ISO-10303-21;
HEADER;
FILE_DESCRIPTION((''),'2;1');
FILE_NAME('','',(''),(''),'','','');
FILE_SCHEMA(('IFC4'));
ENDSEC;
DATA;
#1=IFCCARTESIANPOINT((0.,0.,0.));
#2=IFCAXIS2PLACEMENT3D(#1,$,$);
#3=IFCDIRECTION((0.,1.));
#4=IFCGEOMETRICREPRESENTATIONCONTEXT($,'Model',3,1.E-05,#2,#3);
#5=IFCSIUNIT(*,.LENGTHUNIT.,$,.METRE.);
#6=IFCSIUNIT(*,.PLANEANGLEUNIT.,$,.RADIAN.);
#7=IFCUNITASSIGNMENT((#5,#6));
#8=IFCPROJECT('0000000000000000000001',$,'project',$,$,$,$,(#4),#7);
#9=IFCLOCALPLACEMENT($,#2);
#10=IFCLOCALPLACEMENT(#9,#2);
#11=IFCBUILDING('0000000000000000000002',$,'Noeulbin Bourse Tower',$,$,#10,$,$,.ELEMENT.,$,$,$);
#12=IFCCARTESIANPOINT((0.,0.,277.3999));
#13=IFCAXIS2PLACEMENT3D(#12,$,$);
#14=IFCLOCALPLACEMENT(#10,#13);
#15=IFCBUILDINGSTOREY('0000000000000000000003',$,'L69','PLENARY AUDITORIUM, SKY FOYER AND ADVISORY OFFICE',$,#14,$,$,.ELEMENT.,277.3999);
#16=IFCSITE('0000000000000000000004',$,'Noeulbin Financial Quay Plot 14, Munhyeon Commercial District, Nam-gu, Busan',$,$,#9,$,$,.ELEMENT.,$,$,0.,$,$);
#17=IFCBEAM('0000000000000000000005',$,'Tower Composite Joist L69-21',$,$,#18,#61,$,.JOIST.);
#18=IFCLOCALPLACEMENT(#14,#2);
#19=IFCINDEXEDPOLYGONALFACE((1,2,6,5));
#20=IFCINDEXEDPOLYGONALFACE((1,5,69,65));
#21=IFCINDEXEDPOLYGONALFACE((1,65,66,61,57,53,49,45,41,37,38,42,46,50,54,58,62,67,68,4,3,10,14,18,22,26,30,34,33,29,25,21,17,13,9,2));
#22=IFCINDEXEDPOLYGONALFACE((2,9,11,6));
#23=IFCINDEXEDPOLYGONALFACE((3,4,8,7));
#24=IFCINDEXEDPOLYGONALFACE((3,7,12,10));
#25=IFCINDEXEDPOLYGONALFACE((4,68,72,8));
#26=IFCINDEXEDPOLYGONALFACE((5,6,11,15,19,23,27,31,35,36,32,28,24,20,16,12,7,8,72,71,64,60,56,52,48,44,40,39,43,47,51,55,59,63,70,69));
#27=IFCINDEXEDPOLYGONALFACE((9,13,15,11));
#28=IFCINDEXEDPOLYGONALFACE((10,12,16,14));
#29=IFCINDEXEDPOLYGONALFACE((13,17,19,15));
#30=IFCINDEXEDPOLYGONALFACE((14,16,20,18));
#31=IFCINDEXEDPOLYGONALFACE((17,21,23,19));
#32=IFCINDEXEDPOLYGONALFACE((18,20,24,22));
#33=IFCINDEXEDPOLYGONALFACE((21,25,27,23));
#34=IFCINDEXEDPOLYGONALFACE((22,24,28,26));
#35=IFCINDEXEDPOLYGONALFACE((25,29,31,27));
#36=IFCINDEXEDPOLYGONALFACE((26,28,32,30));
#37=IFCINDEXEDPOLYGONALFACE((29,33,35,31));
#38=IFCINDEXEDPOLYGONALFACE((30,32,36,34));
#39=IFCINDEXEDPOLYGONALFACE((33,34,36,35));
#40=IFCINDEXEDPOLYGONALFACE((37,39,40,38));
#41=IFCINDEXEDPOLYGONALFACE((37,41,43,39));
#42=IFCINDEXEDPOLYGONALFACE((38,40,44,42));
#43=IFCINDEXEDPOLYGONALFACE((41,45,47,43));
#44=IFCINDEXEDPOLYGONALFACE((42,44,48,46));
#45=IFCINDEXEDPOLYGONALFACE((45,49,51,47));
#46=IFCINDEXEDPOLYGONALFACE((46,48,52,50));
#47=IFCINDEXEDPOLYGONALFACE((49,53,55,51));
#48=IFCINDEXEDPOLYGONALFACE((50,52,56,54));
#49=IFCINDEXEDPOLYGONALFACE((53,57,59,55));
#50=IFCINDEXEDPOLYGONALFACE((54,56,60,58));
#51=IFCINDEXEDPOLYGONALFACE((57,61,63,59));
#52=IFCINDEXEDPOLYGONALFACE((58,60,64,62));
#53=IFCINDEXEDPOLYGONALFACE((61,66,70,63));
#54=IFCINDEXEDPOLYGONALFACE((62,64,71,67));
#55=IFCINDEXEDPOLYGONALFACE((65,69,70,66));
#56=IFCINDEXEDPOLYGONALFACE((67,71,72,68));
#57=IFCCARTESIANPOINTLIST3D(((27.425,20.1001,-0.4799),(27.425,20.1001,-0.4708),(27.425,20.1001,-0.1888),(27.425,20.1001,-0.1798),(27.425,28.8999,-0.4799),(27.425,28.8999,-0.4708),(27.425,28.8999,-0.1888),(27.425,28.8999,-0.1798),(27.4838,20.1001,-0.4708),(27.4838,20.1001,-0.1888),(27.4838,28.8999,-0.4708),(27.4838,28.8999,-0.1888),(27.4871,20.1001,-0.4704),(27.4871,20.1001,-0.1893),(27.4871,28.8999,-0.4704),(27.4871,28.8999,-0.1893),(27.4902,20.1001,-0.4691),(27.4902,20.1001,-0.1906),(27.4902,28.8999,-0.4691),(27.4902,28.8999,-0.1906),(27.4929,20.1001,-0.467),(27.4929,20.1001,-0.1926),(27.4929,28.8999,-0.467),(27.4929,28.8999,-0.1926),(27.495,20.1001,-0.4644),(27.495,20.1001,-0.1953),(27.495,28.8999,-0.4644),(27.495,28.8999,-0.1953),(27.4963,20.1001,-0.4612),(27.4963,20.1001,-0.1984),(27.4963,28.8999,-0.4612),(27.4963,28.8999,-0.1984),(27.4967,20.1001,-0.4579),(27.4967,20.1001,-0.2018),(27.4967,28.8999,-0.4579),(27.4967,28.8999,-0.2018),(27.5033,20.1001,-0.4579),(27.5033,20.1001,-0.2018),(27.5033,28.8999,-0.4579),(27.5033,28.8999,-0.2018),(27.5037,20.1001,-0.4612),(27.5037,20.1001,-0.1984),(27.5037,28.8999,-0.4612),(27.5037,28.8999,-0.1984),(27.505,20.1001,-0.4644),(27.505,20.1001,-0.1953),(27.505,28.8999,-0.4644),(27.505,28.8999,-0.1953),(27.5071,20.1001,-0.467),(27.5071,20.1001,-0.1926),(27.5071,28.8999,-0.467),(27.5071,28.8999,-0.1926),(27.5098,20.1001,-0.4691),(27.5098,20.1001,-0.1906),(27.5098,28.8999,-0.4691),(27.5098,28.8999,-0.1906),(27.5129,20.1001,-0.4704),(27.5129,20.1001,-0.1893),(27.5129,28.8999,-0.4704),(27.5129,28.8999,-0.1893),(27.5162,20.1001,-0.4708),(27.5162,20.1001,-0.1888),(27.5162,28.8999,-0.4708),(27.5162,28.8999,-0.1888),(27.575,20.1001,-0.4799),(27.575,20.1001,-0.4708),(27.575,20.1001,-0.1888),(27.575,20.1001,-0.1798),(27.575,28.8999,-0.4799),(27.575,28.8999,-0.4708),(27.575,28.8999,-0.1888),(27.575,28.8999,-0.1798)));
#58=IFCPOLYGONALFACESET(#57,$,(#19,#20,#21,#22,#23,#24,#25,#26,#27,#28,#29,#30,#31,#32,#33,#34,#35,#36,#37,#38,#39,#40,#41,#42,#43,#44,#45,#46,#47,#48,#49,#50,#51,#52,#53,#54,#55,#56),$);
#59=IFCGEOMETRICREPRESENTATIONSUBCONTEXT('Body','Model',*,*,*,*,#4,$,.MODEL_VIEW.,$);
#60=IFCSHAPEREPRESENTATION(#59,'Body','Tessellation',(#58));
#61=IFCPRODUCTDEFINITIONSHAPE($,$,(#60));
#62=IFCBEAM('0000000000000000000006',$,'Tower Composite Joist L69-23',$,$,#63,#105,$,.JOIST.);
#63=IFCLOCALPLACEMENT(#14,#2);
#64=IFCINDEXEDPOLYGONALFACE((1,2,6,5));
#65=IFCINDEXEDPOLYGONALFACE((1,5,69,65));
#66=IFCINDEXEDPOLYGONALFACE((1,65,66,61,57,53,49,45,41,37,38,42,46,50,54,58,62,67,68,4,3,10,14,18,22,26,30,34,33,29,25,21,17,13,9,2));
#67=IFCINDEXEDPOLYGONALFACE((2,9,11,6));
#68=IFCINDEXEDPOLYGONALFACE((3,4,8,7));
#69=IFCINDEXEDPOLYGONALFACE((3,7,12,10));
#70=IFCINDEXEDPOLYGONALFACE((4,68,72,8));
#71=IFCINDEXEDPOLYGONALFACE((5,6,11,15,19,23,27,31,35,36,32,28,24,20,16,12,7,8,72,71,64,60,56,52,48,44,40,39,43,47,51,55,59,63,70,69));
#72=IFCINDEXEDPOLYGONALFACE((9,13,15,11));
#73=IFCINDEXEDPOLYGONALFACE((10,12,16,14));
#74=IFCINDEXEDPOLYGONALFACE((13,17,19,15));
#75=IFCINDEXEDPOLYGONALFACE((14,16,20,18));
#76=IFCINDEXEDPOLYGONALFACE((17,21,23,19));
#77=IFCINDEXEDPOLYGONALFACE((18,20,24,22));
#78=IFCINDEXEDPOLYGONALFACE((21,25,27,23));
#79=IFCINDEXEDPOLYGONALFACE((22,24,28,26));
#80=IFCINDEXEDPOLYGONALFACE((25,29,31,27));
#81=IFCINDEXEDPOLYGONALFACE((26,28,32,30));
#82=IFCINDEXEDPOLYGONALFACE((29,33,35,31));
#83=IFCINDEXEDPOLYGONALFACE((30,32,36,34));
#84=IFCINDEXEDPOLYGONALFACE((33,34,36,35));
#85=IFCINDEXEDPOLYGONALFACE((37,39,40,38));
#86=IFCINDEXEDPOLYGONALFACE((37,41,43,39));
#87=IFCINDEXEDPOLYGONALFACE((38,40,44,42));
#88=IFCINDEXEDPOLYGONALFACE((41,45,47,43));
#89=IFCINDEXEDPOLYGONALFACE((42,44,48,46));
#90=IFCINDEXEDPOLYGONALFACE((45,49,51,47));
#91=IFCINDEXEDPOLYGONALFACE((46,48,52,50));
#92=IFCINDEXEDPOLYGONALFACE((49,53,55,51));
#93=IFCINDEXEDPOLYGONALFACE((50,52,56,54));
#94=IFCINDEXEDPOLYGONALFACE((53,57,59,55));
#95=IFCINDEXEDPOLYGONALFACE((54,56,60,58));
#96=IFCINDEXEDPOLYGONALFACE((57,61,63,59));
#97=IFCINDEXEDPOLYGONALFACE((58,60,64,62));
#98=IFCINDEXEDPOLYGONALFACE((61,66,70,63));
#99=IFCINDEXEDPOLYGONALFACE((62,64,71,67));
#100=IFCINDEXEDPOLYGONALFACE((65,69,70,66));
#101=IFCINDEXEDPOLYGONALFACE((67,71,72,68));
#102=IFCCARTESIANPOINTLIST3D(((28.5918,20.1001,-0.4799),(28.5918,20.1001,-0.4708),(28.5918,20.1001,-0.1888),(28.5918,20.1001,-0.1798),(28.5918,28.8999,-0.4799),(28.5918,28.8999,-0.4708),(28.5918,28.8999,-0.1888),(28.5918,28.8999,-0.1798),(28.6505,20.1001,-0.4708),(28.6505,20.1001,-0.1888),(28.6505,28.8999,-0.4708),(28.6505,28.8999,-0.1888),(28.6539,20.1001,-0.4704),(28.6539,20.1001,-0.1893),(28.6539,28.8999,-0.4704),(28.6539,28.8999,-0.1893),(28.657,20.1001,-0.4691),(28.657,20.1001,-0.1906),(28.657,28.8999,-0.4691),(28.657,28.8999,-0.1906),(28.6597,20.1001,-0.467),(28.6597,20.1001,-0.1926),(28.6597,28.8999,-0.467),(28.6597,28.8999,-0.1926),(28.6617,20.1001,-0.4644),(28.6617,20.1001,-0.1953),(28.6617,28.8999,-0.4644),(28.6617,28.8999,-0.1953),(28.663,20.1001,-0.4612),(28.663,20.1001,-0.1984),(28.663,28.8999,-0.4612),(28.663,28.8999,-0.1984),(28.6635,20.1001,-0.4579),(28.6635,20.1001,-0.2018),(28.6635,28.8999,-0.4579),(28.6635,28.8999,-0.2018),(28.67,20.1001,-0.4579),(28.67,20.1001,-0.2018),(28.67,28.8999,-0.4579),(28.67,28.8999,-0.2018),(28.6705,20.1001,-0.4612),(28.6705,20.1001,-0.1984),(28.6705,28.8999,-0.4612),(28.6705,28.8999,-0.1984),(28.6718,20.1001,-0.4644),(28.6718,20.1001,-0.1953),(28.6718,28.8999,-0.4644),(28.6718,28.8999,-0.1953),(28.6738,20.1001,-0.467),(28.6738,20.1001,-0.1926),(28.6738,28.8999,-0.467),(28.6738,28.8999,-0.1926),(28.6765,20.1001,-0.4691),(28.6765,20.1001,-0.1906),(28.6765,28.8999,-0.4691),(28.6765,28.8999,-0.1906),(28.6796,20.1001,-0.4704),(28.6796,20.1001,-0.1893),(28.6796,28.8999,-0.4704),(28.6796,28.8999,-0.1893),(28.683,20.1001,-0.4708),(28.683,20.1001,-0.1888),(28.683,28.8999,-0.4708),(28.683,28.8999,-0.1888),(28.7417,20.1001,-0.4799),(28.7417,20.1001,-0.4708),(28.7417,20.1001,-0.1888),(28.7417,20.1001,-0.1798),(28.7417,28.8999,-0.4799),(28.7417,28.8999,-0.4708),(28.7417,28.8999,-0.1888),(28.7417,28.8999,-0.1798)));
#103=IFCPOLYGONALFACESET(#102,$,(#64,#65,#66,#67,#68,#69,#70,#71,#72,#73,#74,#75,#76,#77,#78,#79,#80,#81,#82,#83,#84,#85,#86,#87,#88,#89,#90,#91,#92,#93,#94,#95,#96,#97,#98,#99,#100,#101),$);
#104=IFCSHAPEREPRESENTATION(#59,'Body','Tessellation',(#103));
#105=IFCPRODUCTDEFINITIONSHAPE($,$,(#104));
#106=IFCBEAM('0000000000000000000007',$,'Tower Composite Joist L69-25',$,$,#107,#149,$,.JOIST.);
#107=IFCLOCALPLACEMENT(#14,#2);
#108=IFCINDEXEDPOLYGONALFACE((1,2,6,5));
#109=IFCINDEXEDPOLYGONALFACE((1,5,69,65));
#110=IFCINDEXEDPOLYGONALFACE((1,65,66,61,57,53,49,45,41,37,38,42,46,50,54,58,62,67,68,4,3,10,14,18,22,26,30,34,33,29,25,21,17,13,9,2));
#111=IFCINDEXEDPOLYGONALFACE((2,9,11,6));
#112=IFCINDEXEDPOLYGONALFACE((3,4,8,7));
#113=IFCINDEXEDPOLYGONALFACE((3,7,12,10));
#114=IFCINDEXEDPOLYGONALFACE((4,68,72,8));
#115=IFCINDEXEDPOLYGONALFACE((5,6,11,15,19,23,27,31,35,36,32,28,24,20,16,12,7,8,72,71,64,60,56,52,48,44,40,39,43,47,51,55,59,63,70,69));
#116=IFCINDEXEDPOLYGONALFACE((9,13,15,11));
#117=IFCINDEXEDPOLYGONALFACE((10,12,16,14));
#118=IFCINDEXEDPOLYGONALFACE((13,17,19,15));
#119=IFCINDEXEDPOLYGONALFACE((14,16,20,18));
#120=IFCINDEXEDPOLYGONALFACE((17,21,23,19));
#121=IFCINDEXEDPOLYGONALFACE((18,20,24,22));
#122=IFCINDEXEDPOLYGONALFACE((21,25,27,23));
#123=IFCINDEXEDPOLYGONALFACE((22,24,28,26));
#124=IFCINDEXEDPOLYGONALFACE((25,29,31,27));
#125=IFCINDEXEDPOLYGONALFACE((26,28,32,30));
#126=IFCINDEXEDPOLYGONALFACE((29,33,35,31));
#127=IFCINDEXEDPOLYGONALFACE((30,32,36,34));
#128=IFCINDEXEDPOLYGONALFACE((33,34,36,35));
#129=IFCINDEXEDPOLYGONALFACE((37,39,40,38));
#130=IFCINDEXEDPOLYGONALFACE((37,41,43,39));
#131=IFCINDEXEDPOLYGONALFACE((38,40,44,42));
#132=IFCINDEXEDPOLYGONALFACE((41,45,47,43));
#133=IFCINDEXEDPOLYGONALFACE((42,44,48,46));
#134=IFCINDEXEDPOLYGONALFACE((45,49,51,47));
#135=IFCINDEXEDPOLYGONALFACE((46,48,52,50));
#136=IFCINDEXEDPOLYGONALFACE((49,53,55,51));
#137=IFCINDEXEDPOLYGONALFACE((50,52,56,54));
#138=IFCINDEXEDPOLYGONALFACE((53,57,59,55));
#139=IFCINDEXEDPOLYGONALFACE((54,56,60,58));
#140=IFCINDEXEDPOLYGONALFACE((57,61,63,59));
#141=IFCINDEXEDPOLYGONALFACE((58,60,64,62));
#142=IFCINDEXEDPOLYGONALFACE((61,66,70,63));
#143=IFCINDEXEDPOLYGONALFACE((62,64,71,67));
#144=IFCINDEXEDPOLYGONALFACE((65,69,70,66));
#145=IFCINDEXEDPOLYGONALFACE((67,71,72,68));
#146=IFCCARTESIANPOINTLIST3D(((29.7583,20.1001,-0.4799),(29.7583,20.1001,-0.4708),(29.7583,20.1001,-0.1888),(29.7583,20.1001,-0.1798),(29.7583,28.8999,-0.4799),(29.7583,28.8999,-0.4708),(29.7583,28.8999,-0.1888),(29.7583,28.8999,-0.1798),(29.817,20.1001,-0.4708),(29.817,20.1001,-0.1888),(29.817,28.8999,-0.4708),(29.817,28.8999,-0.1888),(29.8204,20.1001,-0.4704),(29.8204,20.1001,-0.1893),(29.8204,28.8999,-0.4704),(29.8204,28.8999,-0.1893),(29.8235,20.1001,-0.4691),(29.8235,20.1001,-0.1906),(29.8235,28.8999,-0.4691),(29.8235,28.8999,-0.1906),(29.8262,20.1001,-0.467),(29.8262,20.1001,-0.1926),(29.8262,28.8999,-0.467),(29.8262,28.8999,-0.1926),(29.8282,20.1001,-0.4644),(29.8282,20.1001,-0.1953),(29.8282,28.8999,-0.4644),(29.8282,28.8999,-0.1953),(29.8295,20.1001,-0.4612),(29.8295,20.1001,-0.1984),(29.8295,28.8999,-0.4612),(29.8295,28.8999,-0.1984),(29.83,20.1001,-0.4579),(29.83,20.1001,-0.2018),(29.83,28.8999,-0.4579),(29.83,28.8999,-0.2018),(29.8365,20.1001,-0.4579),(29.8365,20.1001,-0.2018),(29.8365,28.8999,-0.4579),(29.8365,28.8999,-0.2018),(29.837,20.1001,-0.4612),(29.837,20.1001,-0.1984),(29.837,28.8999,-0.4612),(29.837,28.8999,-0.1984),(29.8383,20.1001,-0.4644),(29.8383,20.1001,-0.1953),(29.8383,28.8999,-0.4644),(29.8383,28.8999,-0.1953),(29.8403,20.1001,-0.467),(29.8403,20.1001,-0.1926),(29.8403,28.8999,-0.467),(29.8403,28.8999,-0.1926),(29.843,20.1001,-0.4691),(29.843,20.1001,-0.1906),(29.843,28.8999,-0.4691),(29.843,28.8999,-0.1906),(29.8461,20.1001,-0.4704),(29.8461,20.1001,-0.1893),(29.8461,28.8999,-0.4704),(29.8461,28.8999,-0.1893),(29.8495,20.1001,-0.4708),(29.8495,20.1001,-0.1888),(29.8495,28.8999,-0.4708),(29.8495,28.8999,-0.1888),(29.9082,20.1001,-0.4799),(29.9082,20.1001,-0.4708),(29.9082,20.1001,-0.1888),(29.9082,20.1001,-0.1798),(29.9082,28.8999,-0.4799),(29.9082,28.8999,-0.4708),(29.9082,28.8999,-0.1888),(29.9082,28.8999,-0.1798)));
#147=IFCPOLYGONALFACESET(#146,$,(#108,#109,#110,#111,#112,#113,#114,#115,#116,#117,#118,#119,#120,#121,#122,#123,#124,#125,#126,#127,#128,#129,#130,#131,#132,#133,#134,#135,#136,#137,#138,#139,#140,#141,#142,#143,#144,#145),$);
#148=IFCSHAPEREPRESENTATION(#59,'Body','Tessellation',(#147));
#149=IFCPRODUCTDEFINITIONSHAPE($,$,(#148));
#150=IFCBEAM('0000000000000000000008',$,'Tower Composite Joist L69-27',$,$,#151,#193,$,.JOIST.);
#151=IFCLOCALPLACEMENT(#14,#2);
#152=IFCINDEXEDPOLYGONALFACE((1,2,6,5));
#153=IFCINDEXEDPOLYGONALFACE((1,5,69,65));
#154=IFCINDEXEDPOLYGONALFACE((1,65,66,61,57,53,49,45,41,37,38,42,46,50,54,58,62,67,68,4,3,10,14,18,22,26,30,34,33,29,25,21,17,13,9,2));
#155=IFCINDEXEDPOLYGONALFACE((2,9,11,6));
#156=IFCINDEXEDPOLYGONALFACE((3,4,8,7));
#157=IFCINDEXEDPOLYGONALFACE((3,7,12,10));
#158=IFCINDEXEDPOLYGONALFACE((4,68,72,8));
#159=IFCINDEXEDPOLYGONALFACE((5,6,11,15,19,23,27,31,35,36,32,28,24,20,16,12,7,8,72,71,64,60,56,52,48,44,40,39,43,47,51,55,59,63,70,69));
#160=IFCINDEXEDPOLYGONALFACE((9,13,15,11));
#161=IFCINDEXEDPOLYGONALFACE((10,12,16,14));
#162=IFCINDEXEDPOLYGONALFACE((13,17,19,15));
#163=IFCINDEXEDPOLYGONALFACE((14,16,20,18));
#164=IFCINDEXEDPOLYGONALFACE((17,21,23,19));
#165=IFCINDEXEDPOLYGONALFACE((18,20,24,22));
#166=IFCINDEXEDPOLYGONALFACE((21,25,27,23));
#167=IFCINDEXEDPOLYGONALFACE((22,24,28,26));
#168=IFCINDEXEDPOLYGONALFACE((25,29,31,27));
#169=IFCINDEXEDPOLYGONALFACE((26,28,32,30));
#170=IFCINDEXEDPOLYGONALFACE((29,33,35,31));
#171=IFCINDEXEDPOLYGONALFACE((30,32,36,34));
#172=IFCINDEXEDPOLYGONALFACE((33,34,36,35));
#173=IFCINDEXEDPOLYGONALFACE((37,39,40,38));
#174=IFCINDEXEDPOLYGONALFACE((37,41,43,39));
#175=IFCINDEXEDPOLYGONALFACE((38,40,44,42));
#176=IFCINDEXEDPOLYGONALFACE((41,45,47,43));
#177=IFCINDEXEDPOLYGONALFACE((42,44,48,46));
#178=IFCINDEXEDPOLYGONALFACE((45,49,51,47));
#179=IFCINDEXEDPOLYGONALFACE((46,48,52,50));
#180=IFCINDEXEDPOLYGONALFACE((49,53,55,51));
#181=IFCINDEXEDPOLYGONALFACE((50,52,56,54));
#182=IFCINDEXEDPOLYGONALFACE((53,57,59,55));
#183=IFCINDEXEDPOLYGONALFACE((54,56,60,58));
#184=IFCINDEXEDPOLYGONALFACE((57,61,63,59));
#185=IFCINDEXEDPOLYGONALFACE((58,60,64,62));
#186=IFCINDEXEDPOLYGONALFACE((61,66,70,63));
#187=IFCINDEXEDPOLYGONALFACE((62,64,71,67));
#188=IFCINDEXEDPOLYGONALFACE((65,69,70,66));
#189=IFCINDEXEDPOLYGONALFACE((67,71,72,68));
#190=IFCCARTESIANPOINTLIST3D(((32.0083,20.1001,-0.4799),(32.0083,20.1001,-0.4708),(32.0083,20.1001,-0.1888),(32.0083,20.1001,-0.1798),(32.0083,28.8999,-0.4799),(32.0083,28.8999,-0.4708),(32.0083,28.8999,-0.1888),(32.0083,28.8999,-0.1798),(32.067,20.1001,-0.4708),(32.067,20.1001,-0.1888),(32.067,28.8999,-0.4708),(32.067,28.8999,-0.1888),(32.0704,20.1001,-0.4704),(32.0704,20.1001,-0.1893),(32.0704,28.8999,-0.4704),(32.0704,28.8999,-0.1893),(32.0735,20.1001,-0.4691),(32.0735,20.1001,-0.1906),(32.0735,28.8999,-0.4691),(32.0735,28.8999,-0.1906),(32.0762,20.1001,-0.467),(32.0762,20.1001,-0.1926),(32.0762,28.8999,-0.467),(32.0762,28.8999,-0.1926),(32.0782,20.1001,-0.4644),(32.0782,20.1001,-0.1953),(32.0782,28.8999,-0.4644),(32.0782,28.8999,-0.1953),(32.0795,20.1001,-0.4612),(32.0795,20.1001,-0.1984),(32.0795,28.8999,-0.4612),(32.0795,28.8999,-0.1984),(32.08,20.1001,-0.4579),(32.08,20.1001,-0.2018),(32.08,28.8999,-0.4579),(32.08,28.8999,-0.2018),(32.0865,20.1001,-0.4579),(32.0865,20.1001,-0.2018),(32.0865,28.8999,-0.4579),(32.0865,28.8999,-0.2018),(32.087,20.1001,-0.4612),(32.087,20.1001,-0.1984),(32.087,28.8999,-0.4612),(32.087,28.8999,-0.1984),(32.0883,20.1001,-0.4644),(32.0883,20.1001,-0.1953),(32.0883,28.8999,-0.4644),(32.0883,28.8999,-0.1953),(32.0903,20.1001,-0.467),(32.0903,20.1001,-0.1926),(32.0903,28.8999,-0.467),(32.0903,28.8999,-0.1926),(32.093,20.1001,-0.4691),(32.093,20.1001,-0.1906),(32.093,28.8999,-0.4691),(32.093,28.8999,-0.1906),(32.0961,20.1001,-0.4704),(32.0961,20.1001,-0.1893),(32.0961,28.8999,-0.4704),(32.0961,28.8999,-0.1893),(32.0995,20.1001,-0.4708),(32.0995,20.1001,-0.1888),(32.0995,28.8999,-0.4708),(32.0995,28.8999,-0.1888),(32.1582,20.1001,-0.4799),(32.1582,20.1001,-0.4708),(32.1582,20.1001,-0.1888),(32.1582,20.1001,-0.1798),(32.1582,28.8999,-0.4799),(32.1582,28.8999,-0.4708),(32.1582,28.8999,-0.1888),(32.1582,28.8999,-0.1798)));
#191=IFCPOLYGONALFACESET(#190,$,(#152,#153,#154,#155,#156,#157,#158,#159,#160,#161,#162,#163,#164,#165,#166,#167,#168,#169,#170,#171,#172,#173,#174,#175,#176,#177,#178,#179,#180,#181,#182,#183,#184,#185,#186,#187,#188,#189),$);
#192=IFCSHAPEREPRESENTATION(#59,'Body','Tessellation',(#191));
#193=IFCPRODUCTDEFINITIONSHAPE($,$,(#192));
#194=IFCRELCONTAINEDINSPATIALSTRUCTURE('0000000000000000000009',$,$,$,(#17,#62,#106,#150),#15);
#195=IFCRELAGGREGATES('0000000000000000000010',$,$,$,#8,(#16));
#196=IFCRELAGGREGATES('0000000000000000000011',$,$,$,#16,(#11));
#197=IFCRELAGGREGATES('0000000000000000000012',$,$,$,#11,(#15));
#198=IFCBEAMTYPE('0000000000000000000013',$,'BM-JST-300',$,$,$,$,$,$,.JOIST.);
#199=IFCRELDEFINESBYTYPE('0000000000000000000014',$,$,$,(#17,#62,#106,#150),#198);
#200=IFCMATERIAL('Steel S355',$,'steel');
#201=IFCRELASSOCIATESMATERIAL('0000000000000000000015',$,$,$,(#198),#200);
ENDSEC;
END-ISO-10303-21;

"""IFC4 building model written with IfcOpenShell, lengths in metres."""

from ifc_helpers import new_model, si_unit, direction, frame, origin, origin_2d, place, context, subcontext, project, spatial, i_section, extrude, material, material_profile, profile_set, type_object, element, save


model = new_model("IFC4")

# Units and contexts
model_context = context("Model", 3, precision=1e-05, world=origin(), true_north=direction((0.0, 1.0)))
body_context = subcontext(model_context, "Body", "Model", "MODEL_VIEW")
ifc_project = project(units=[si_unit("LENGTHUNIT", "METRE"), si_unit("PLANEANGLEUNIT", "RADIAN")], contexts=[model_context])

# Site, building, storey
site_placement = place(None, origin())
site = spatial("IfcSite", under=ifc_project, at=site_placement, Name="Noeulbin Financial Quay Plot 14, Munhyeon Commercial District, Nam-gu, Busan", CompositionType="ELEMENT", RefElevation=0.0)
building_placement = place(site_placement, origin())
building = spatial("IfcBuilding", under=site, at=building_placement, Name="Noeulbin Bourse Tower", CompositionType="ELEMENT")
storey_placement = place(building_placement, frame((0.0, 0.0, 277.3999)))
storey = spatial("IfcBuildingStorey", under=building, at=storey_placement, Name="L69", Description="PLENARY AUDITORIUM, SKY FOYER AND ADVISORY OFFICE", CompositionType="ELEMENT", Elevation=277.3999)

# Shared definitions
ifc_material_1 = material(Name="Steel S355", Category="steel")

# Beams
ifc_material_profile_1 = material_profile(ifc_material_1, i_section(OverallWidth=0.1499, OverallDepth=0.3, WebThickness=0.0066, FlangeThickness=0.009, FilletRadius=0.0129, at=origin_2d()), Name="H-300x150x6.5x9", Category="LoadBearing")
ifc_profile_set_1 = profile_set([ifc_material_profile_1], Name="Steel S355")
beam_type_1 = type_object("IfcBeamType", Name="BM-JST-300", PredefinedType="JOIST", material=ifc_profile_set_1)
for number, where, z_axis, x_axis, name in (
    (1, (27.5, 20.1001, -0.3298), (0.0, 1.0, 0.0), (-1.0, 0.0, 0.0), "Tower Composite Joist L69-21"),
    (2, (28.6667, 20.1001, -0.3298), (0.0, 1.0, 0.0), (-1.0, 0.0, 0.0), "Tower Composite Joist L69-23"),
    (3, (29.8333, 20.1001, -0.3298), (0.0, 1.0, 0.0), (-1.0, 0.0, 0.0), "Tower Composite Joist L69-25"),
    (4, (32.0833, 20.1001, -0.3298), (0.0, 1.0, 0.0), (-1.0, 0.0, 0.0), "Tower Composite Joist L69-27"),
):
    element("IfcBeam", number, at=place(storey_placement, frame(where, z_axis=z_axis, x_axis=x_axis)), inside=storey, type_object=beam_type_1, Name=name, PredefinedType="JOIST", context=body_context, shape_type="SweptSolid", body=[
        extrude(i_section(OverallWidth=0.1499, OverallDepth=0.3, WebThickness=0.0066, FlangeThickness=0.009, FilletRadius=0.0129, at=origin_2d()), origin(), (0.0, 0.0, 1.0), 8.7998),
    ])

save(model, "model.ifc")
